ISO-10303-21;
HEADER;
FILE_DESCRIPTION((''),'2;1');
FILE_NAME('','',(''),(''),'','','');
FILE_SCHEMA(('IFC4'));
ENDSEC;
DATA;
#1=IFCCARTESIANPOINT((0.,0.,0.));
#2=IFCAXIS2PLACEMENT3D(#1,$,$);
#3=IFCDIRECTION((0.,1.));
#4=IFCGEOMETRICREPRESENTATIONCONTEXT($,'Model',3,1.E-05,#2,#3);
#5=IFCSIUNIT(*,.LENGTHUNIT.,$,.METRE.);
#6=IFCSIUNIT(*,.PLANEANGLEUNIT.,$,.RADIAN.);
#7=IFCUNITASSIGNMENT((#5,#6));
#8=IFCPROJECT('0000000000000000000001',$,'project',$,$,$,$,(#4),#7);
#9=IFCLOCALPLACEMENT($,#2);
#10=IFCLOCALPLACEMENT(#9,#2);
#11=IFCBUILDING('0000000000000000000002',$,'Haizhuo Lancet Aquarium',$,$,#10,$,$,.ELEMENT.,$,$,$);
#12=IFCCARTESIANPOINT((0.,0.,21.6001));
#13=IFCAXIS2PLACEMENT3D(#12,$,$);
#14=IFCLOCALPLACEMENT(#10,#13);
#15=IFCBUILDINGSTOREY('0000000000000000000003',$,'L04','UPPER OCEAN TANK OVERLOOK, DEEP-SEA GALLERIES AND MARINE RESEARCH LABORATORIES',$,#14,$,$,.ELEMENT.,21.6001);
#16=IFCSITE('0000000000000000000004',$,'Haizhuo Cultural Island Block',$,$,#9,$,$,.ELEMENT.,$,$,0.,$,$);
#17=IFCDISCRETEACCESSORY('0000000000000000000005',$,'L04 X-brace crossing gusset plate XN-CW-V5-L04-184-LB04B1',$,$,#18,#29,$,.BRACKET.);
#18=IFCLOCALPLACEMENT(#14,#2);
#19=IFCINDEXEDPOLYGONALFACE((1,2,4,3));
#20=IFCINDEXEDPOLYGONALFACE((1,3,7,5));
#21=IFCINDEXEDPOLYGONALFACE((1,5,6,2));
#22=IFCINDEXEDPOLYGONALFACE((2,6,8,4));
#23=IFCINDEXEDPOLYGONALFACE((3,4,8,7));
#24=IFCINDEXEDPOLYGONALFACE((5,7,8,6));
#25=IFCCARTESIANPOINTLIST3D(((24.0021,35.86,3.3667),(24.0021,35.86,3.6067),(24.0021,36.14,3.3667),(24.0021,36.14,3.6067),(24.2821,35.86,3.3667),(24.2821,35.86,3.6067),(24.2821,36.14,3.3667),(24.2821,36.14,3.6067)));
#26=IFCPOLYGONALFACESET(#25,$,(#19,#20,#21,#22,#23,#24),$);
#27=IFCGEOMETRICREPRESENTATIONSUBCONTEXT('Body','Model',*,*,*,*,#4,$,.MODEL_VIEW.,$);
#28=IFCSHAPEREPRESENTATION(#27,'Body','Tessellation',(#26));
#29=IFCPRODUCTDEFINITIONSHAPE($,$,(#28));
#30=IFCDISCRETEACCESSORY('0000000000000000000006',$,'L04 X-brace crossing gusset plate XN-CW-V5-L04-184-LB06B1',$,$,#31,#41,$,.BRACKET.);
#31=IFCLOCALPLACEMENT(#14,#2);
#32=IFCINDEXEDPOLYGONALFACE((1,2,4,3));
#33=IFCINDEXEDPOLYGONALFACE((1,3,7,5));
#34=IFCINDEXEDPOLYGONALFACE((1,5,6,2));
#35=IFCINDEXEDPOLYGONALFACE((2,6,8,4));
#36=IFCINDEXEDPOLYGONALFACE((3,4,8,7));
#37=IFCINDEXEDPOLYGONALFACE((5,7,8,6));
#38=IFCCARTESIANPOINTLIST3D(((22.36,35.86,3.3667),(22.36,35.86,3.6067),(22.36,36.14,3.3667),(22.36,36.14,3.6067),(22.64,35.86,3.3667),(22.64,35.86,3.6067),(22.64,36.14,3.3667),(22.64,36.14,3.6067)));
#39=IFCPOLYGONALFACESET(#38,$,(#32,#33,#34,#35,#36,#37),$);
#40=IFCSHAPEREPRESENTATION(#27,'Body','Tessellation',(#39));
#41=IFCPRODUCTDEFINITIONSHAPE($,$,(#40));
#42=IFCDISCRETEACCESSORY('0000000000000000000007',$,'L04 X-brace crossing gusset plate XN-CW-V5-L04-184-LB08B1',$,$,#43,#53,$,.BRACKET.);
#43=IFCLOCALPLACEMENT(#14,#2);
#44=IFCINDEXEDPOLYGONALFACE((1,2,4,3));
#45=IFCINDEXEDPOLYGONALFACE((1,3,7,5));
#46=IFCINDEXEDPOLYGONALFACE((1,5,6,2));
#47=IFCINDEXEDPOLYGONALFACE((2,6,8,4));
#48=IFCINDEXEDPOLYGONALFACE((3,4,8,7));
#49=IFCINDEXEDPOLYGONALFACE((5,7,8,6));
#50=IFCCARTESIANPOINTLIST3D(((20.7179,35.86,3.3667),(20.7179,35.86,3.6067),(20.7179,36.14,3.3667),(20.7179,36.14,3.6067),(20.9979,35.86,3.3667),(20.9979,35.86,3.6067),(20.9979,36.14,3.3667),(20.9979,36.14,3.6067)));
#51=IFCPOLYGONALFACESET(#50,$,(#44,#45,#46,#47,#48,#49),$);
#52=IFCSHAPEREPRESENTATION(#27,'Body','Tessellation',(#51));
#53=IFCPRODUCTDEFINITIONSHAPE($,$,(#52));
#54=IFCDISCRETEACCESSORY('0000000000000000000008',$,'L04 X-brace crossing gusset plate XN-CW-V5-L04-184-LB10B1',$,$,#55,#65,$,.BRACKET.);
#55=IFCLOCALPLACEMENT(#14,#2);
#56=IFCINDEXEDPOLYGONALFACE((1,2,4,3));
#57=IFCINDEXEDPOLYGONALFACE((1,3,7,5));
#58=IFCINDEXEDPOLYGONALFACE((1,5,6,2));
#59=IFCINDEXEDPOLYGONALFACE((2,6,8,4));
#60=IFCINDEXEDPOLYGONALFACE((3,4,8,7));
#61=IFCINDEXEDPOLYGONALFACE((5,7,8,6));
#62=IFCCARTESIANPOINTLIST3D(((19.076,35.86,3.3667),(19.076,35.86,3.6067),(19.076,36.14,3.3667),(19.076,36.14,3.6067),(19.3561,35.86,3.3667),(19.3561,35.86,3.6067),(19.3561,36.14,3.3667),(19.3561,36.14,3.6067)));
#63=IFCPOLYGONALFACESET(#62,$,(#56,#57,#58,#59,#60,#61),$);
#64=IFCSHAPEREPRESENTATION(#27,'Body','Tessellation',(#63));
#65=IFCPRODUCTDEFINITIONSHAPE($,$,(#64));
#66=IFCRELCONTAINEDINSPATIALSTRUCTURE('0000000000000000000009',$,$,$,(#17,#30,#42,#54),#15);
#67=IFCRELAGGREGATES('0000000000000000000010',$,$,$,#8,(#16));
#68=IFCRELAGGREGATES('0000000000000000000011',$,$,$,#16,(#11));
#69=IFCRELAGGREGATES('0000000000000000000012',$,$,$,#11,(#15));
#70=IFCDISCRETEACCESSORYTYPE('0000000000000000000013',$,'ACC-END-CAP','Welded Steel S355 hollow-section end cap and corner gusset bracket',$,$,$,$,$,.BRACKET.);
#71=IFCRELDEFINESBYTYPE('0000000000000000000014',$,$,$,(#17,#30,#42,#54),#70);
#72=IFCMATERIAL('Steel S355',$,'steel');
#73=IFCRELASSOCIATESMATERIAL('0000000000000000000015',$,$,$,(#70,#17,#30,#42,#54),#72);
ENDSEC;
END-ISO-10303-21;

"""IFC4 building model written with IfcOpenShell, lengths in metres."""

from ifc_helpers import new_model, si_unit, direction, frame, origin, origin_2d, place, context, subcontext, project, spatial, rectangle, extrude, material, type_object, element, save


model = new_model("IFC4")

# Units and contexts
model_context = context("Model", 3, precision=1e-05, world=origin(), true_north=direction((0.0, 1.0)))
body_context = subcontext(model_context, "Body", "Model", "MODEL_VIEW")
ifc_project = project(units=[si_unit("LENGTHUNIT", "METRE"), si_unit("PLANEANGLEUNIT", "RADIAN")], contexts=[model_context])

# Site, building, storey
site_placement = place(None, origin())
site = spatial("IfcSite", under=ifc_project, at=site_placement, Name="Haizhuo Cultural Island Block", CompositionType="ELEMENT", RefElevation=0.0)
building_placement = place(site_placement, origin())
building = spatial("IfcBuilding", under=site, at=building_placement, Name="Haizhuo Lancet Aquarium", CompositionType="ELEMENT")
storey_placement = place(building_placement, frame((0.0, 0.0, 21.6001)))
storey = spatial("IfcBuildingStorey", under=building, at=storey_placement, Name="L04", Description="UPPER OCEAN TANK OVERLOOK, DEEP-SEA GALLERIES AND MARINE RESEARCH LABORATORIES", CompositionType="ELEMENT", Elevation=21.6001)

# Shared definitions
ifc_material_1 = material(Name="Steel S355", Category="steel")

# Discrete accessories
discrete_accessory_type = type_object("IfcDiscreteAccessoryType", Name="ACC-END-CAP", Description="Welded Steel S355 hollow-section end cap and corner gusset bracket", PredefinedType="BRACKET", material=ifc_material_1)
for number, where, z_axis, x_axis, name in (
    (1, (24.1421, 36.0, 3.3667), (0.0, 0.0, 1.0), (1.0, 0.0, 0.0), "L04 X-brace crossing gusset plate XN-CW-V5-L04-184-LB04B1"),
    (2, (22.5, 36.0, 3.3667), (0.0, 0.0, 1.0), (1.0, 0.0, 0.0), "L04 X-brace crossing gusset plate XN-CW-V5-L04-184-LB06B1"),
    (3, (20.8579, 36.0, 3.3667), (0.0, 0.0, 1.0), (1.0, 0.0, 0.0), "L04 X-brace crossing gusset plate XN-CW-V5-L04-184-LB08B1"),
    (4, (19.2161, 36.0, 3.3667), (0.0, 0.0, 1.0), (1.0, 0.0, 0.0), "L04 X-brace crossing gusset plate XN-CW-V5-L04-184-LB10B1"),
):
    element("IfcDiscreteAccessory", number, at=place(storey_placement, frame(where, z_axis=z_axis, x_axis=x_axis)), inside=storey, type_object=discrete_accessory_type, material=ifc_material_1, Name=name, PredefinedType="BRACKET", context=body_context, shape_type="SweptSolid", body=[
        extrude(rectangle(XDim=0.28, YDim=0.28, at=origin_2d()), origin(), (0.0, 0.0, 1.0), 0.24),
    ])

save(model, "model.ifc")
